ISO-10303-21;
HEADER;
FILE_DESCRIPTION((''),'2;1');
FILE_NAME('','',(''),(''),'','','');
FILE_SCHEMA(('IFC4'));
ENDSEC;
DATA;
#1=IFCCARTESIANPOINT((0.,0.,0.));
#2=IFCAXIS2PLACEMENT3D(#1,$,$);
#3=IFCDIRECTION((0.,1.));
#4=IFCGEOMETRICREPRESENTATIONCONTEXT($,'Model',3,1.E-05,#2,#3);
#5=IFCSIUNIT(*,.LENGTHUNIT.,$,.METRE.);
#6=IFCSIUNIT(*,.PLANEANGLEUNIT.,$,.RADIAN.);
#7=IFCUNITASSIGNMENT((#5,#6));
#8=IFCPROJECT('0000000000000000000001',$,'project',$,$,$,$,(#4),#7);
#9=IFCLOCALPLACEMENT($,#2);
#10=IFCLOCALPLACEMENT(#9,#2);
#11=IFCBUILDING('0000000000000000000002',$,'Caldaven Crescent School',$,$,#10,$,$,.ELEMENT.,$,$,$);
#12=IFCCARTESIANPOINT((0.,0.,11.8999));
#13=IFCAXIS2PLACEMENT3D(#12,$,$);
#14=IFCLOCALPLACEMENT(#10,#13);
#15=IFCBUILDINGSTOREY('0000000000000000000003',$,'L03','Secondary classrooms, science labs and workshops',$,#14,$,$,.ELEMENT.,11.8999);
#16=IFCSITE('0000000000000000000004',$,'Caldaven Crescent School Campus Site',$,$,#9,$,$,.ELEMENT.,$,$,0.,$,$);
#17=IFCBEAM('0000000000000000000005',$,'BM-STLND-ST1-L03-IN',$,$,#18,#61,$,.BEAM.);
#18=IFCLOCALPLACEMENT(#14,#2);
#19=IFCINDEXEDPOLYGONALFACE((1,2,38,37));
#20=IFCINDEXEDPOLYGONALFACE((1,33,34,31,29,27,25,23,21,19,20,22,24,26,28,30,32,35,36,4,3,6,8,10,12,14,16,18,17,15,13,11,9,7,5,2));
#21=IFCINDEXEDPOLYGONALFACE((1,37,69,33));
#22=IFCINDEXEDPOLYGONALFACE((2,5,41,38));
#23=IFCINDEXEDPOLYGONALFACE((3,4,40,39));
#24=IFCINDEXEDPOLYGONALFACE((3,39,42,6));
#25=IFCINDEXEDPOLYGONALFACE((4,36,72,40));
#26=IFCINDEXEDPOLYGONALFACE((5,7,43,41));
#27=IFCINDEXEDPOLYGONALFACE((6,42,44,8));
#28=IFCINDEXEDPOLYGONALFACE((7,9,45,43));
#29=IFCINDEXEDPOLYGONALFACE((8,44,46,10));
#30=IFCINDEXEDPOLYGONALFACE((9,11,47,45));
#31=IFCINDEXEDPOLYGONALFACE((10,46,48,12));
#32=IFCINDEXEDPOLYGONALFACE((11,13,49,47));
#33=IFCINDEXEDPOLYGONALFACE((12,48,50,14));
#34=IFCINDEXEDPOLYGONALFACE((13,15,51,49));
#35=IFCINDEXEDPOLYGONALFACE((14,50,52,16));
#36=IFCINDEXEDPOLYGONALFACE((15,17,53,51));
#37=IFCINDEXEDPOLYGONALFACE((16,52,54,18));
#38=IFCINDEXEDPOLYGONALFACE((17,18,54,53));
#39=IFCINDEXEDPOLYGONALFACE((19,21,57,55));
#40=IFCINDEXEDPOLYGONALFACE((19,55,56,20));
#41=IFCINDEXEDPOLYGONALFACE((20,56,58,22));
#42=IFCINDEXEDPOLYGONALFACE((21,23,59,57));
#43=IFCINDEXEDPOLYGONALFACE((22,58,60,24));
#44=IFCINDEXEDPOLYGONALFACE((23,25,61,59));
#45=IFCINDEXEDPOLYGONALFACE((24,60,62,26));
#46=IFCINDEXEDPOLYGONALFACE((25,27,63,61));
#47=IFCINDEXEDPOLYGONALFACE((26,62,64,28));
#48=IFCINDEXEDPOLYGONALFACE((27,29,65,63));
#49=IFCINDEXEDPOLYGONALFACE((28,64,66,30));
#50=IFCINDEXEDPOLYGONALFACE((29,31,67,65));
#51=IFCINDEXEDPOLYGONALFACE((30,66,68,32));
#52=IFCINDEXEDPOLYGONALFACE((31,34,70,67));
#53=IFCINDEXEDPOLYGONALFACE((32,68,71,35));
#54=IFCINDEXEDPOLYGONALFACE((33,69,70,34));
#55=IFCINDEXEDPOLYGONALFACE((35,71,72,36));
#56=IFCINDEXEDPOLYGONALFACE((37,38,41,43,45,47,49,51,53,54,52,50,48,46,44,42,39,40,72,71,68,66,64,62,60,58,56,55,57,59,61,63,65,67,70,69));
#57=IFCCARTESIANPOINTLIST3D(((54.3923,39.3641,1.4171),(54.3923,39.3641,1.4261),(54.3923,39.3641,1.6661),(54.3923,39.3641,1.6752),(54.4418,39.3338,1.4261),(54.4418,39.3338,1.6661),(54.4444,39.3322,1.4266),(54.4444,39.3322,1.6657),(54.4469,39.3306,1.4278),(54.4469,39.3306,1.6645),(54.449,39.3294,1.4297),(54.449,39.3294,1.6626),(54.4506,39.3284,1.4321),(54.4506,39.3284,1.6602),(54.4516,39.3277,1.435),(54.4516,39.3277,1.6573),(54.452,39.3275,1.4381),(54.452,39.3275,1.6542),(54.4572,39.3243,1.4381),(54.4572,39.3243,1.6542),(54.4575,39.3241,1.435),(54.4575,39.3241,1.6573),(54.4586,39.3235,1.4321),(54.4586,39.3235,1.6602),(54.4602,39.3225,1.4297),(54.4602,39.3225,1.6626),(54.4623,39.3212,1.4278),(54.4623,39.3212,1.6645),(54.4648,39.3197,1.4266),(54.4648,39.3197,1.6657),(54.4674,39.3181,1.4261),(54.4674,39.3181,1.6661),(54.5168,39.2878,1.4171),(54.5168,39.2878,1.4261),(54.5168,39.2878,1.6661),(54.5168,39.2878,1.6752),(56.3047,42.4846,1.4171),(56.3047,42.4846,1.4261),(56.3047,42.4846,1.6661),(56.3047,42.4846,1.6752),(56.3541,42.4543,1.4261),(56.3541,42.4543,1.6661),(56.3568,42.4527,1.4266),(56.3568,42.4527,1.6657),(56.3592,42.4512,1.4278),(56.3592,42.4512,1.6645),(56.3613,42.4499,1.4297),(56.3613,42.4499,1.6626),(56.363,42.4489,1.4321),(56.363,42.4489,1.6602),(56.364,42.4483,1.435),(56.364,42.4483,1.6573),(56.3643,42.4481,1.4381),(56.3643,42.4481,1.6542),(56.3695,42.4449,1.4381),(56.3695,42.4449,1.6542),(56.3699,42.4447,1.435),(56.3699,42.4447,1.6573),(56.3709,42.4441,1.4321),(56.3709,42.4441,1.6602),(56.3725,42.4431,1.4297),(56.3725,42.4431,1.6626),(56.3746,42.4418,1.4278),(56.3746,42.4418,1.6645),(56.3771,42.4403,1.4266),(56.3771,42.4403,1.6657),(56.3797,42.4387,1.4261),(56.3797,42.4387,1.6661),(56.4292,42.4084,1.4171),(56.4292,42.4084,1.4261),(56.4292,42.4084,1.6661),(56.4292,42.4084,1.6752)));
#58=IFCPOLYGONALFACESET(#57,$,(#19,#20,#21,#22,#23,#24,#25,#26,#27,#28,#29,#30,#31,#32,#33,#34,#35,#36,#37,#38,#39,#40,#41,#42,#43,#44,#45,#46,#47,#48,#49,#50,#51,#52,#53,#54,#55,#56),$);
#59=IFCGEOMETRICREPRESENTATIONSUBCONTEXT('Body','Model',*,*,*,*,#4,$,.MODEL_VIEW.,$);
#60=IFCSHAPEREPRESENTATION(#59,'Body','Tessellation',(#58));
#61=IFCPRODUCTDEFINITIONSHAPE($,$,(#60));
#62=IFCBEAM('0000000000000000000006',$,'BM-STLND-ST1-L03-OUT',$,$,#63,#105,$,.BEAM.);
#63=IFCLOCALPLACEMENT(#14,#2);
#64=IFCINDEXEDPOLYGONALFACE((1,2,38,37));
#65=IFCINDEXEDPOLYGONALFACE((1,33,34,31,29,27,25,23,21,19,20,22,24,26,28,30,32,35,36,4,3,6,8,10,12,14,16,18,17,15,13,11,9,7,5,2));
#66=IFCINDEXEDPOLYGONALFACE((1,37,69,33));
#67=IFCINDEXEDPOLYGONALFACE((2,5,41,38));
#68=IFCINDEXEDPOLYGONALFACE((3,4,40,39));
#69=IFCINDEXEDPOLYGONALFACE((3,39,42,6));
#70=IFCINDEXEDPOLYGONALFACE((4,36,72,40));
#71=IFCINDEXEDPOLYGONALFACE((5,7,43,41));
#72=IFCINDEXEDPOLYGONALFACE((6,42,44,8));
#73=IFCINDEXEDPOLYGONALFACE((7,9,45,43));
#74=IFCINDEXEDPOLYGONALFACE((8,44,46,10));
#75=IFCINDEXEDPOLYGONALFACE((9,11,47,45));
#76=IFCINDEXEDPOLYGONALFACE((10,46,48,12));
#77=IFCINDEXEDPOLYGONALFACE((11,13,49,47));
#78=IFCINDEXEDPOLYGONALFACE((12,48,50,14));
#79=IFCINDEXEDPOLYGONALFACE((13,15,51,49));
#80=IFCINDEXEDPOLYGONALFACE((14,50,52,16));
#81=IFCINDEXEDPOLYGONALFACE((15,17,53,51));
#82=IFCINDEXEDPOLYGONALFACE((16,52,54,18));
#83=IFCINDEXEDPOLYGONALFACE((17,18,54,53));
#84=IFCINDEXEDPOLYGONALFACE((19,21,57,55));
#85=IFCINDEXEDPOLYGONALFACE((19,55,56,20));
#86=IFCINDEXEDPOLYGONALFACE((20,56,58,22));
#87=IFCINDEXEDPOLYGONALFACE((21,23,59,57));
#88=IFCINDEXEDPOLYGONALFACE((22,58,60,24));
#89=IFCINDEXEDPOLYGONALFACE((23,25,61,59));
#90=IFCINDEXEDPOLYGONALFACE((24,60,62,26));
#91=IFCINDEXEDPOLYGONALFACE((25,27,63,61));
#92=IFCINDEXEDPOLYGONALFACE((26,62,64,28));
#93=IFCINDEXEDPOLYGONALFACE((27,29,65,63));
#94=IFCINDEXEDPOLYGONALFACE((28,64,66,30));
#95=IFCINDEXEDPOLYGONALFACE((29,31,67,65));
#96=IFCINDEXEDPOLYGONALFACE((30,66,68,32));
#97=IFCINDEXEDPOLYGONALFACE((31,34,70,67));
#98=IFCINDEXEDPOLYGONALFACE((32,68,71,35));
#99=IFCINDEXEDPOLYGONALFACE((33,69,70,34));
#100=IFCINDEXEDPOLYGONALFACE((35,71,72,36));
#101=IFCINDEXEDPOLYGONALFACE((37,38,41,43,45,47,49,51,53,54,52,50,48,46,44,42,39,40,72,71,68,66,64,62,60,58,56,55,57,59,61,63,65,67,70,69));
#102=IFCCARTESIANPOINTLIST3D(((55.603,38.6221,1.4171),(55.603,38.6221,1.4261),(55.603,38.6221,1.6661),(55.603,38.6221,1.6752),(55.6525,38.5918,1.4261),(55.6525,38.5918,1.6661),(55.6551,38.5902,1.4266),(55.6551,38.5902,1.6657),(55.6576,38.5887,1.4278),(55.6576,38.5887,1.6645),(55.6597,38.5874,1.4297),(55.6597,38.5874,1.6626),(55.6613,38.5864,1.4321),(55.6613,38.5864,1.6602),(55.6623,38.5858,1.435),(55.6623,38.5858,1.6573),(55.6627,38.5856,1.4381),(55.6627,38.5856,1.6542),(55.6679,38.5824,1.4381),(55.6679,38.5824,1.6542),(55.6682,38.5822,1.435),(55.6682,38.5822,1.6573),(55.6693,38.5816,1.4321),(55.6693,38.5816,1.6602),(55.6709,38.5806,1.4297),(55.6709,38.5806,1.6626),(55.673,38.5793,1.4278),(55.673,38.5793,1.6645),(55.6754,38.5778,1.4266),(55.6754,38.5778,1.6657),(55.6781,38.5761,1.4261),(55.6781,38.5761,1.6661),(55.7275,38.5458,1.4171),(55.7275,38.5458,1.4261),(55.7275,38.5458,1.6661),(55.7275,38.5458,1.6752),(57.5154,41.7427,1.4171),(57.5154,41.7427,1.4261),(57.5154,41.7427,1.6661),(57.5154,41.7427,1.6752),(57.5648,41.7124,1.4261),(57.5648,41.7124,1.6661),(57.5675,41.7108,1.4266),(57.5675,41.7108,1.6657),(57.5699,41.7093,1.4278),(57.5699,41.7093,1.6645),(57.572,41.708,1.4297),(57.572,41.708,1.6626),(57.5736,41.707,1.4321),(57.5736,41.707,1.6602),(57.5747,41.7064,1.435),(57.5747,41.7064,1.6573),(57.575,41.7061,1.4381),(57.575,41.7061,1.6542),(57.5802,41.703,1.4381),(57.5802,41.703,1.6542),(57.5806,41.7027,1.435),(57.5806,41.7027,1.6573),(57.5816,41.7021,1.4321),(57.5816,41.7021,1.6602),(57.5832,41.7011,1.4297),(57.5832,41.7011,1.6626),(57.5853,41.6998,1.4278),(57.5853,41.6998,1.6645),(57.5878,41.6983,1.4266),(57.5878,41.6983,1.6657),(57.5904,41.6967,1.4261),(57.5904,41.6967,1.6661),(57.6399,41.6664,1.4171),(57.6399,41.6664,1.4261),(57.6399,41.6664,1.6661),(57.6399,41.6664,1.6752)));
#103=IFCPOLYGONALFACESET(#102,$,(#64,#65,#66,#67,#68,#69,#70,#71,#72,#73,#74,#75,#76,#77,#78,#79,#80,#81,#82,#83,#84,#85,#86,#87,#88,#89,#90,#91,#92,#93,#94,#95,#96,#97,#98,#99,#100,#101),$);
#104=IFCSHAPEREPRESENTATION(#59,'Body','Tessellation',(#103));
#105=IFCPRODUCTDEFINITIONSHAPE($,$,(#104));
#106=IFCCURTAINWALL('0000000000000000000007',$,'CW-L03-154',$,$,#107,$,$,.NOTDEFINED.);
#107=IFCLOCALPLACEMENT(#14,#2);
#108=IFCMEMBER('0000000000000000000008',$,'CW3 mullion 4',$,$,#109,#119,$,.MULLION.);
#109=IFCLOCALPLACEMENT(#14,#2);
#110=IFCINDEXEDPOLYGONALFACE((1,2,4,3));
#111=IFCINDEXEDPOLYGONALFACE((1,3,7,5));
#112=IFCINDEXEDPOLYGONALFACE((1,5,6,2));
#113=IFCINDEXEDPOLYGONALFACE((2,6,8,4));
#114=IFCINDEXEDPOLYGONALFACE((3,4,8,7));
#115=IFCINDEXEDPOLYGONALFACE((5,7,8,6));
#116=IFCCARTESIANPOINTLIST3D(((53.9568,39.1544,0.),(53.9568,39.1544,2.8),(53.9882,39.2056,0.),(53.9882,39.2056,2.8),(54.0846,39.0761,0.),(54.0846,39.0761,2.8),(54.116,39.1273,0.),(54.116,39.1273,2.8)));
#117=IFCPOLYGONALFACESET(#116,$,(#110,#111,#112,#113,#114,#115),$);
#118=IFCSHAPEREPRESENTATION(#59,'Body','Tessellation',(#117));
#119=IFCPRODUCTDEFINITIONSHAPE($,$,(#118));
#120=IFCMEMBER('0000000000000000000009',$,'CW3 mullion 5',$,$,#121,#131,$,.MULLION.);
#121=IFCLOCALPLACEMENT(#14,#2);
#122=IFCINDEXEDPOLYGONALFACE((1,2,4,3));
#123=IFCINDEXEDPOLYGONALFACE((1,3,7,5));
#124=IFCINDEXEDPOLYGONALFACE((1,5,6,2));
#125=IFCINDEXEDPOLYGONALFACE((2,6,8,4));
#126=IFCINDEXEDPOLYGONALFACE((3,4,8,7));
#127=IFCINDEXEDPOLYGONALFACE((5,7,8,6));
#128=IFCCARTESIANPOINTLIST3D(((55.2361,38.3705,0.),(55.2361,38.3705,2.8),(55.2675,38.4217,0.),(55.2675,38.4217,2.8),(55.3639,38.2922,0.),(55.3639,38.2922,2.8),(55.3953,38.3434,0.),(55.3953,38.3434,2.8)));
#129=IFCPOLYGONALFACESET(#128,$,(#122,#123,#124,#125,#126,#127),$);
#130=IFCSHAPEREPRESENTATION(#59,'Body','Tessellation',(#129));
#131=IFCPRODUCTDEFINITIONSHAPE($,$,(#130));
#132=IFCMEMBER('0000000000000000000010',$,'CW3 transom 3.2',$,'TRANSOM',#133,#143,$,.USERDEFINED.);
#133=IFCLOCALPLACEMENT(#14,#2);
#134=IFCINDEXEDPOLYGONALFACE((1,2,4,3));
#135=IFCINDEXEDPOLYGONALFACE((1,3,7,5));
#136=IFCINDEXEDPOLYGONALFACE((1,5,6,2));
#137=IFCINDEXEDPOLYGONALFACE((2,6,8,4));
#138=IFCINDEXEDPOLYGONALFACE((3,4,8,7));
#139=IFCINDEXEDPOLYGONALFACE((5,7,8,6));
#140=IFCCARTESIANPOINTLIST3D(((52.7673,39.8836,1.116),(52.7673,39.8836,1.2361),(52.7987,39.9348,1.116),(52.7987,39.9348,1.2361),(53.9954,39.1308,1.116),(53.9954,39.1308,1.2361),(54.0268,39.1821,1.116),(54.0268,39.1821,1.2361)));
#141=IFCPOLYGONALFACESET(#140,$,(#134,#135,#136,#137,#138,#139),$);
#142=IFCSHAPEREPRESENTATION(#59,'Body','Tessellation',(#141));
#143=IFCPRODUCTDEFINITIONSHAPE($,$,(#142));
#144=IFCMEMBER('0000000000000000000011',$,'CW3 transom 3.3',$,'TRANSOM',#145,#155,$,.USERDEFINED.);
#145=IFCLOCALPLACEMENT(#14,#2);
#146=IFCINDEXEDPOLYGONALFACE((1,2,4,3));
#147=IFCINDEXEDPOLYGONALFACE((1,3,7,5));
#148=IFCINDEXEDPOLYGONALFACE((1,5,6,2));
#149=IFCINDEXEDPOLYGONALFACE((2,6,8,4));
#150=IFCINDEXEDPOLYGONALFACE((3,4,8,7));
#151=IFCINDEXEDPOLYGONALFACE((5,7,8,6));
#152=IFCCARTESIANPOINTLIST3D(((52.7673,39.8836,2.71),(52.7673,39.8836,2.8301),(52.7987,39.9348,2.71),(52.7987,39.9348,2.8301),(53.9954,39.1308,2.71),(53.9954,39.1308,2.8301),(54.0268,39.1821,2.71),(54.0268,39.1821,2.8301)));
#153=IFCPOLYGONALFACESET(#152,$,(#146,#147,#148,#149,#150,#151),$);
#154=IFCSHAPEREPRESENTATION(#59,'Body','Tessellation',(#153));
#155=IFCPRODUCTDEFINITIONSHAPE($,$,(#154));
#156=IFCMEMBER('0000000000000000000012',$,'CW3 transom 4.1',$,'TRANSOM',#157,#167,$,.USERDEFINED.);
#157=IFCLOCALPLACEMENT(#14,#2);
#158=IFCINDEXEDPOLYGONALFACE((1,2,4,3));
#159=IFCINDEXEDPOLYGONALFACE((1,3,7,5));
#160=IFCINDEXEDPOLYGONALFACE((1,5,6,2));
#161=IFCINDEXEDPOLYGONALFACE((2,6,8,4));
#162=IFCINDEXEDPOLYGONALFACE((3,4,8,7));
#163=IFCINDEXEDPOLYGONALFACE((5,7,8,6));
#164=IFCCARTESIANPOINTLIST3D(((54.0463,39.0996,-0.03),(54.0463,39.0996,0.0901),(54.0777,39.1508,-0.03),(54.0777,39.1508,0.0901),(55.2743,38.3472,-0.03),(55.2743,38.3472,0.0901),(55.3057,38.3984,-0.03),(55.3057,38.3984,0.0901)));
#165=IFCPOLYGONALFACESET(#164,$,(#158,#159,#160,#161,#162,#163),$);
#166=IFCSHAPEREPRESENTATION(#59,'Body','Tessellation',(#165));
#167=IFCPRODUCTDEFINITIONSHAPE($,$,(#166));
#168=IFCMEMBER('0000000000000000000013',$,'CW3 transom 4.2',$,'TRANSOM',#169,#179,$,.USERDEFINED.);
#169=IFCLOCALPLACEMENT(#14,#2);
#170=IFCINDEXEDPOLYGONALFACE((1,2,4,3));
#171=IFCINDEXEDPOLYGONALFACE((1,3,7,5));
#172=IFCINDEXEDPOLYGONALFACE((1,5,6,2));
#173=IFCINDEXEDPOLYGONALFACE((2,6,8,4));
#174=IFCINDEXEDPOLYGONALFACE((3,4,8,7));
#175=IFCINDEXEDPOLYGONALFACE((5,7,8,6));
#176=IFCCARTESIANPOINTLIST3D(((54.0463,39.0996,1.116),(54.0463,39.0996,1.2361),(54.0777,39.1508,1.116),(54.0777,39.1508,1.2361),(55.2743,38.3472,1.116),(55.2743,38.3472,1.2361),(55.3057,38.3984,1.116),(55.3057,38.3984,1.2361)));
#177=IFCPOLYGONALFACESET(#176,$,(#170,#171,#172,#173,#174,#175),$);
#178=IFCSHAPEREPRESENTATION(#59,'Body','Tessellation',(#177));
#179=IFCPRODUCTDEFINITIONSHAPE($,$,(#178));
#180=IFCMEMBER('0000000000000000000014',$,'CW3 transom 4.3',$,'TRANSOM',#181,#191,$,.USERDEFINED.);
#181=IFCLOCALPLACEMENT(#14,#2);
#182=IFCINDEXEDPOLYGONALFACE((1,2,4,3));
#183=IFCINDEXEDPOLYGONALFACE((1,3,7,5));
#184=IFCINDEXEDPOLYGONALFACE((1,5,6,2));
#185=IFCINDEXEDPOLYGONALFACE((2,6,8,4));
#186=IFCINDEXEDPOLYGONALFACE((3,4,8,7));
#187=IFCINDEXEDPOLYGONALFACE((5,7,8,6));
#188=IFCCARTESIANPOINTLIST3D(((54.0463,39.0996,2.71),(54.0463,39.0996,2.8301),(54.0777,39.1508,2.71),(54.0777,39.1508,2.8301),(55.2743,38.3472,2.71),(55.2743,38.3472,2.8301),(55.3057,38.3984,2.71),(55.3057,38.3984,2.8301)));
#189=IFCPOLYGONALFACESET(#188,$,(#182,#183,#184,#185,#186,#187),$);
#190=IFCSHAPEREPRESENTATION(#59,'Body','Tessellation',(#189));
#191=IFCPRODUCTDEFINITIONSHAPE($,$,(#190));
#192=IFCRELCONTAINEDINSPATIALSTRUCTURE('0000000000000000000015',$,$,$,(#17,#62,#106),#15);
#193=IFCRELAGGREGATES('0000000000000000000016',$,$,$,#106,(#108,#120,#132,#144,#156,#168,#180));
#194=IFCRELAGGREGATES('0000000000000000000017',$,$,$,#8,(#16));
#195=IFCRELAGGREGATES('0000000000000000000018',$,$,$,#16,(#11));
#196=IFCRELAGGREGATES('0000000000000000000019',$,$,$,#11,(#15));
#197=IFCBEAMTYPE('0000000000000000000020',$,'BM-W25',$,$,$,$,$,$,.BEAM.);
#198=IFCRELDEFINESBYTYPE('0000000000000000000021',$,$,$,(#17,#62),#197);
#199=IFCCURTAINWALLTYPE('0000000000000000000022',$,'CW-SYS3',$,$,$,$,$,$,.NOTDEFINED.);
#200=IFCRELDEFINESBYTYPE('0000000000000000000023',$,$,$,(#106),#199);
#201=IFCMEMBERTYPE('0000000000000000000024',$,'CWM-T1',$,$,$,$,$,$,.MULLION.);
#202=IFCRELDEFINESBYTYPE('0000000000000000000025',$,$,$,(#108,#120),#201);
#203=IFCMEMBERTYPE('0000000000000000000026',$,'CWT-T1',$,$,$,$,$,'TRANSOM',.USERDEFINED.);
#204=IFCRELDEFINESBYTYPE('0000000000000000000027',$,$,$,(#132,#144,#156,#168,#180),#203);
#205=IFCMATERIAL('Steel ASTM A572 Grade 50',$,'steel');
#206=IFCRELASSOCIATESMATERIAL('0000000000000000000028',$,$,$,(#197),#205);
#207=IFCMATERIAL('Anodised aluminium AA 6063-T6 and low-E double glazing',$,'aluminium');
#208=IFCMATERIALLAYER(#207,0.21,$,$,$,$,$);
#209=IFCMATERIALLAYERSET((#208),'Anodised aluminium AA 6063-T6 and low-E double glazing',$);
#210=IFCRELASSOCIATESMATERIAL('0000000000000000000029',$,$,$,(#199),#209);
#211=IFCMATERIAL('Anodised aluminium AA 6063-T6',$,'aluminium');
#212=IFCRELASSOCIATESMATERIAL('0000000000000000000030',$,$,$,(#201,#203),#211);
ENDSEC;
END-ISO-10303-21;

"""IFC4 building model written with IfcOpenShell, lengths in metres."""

from ifc_helpers import new_model, si_unit, direction, frame, origin, origin_2d, place, context, subcontext, project, spatial, rectangle, i_section, extrude, material, layer, layer_set, material_profile, profile_set, type_object, element, aggregate, save


model = new_model("IFC4")

# Units and contexts
model_context = context("Model", 3, precision=1e-05, world=origin(), true_north=direction((0.0, 1.0)))
body_context = subcontext(model_context, "Body", "Model", "MODEL_VIEW")
ifc_project = project(units=[si_unit("LENGTHUNIT", "METRE"), si_unit("PLANEANGLEUNIT", "RADIAN")], contexts=[model_context])

# Site, building, storey
site_placement = place(None, origin())
site = spatial("IfcSite", under=ifc_project, at=site_placement, Name="Caldaven Crescent School Campus Site", CompositionType="ELEMENT", RefElevation=0.0)
building_placement = place(site_placement, origin())
building = spatial("IfcBuilding", under=site, at=building_placement, Name="Caldaven Crescent School", CompositionType="ELEMENT")
storey_placement = place(building_placement, frame((0.0, 0.0, 11.8999)))
storey = spatial("IfcBuildingStorey", under=building, at=storey_placement, Name="L03", Description="Secondary classrooms, science labs and workshops", CompositionType="ELEMENT", Elevation=11.8999)

# Shared definitions
ifc_material_1 = material(Name="Steel ASTM A572 Grade 50", Category="steel")

# Beams
ifc_material_profile_1 = material_profile(ifc_material_1, i_section(OverallWidth=0.146, OverallDepth=0.2581, WebThickness=0.0061, FlangeThickness=0.009, FilletRadius=0.012, at=origin_2d()), Name="W250x33")
ifc_profile_set_1 = profile_set([ifc_material_profile_1], Name="Steel ASTM A572 Grade 50")
beam_type_1 = type_object("IfcBeamType", Name="BM-W25", PredefinedType="BEAM", material=ifc_profile_set_1)
for number, where, z_axis, x_axis, name in (
    (1, (54.4546, 39.3259, 1.5461), (0.522507, 0.852635, 0.0), (-0.852635, 0.522507, 0.0), "BM-STLND-ST1-L03-IN"),
    (2, (55.6653, 38.584, 1.5461), (0.522507, 0.852635, 0.0), (-0.852635, 0.522507, 0.0), "BM-STLND-ST1-L03-OUT"),
):
    element("IfcBeam", number, at=place(storey_placement, frame(where, z_axis=z_axis, x_axis=x_axis)), inside=storey, type_object=beam_type_1, Name=name, PredefinedType="BEAM", context=body_context, shape_type="SweptSolid", body=[
        extrude(i_section(OverallWidth=0.146, OverallDepth=0.2581, WebThickness=0.0061, FlangeThickness=0.009, FilletRadius=0.012, at=origin_2d()), origin(), (0.0, 0.0, 1.0), 3.6599),
    ])

# Curtain wall, members
ifc_material_2 = material(Name="Anodised aluminium AA 6063-T6 and low-E double glazing", Category="aluminium")
ifc_layer_1 = layer(ifc_material_2, 0.21)
ifc_layer_set_1 = layer_set([ifc_layer_1], Name="Anodised aluminium AA 6063-T6 and low-E double glazing")
curtain_wall_type = type_object("IfcCurtainWallType", Name="CW-SYS3", PredefinedType="NOTDEFINED", material=ifc_layer_set_1)
curtain_wall_placement = place(storey_placement, origin())
curtain_wall = element("IfcCurtainWall", 3, at=curtain_wall_placement, inside=storey, type_object=curtain_wall_type, Name="CW-L03-154", PredefinedType="NOTDEFINED")
ifc_material_3 = material(Name="Anodised aluminium AA 6063-T6", Category="aluminium")
ifc_material_profile_2 = material_profile(ifc_material_3, rectangle(XDim=0.0601, YDim=0.1499, at=origin_2d()), Name="CWM 60x150")
ifc_profile_set_2 = profile_set([ifc_material_profile_2], Name="Anodised aluminium AA 6063-T6")
member_type_1 = type_object("IfcMemberType", Name="CWM-T1", PredefinedType="MULLION", material=ifc_profile_set_2)
member_1_placement = place(storey_placement, frame((54.0364, 39.1409, 0.0), z_axis=(0.0, 0.0, 1.0), x_axis=(0.522498, 0.85264, 0.0)))
member_1 = element("IfcMember", 4, at=member_1_placement, type_object=member_type_1, Name="CW3 mullion 4", PredefinedType="MULLION", context=body_context, shape_type="SweptSolid", body=[
    extrude(rectangle(XDim=0.0601, YDim=0.1499, at=origin_2d()), origin(), (0.0, 0.0, 1.0), 2.8),
])
member_2_placement = place(storey_placement, frame((55.3157, 38.3569, 0.0), z_axis=(0.0, 0.0, 1.0), x_axis=(0.522498, 0.85264, 0.0)))
member_2 = element("IfcMember", 5, at=member_2_placement, type_object=member_type_1, Name="CW3 mullion 5", PredefinedType="MULLION", context=body_context, shape_type="SweptSolid", body=[
    extrude(rectangle(XDim=0.0601, YDim=0.1499, at=origin_2d()), origin(), (0.0, 0.0, 1.0), 2.8),
])
ifc_material_profile_3 = material_profile(ifc_material_3, rectangle(XDim=0.0601, YDim=0.1201, at=origin_2d()), Name="CWT 60x120")
ifc_profile_set_3 = profile_set([ifc_material_profile_3], Name="Anodised aluminium AA 6063-T6")
member_type_2 = type_object("IfcMemberType", Name="CWT-T1", ElementType="TRANSOM", PredefinedType="USERDEFINED", material=ifc_profile_set_3)
member_3_placement = place(storey_placement, frame((52.783, 39.9092, 1.176), z_axis=(0.852594, -0.522574, 0.0), x_axis=(0.522574, 0.852594, 0.0)))
member_3 = element("IfcMember", 6, at=member_3_placement, type_object=member_type_2, Name="CW3 transom 3.2", ObjectType="TRANSOM", PredefinedType="USERDEFINED", context=body_context, shape_type="SweptSolid", body=[
    extrude(rectangle(XDim=0.0601, YDim=0.1201, at=origin_2d()), origin(), (0.0, 0.0, 1.0), 1.4404),
])
member_4_placement = place(storey_placement, frame((52.783, 39.9092, 2.77), z_axis=(0.852594, -0.522574, 0.0), x_axis=(0.522574, 0.852594, 0.0)))
member_4 = element("IfcMember", 7, at=member_4_placement, type_object=member_type_2, Name="CW3 transom 3.3", ObjectType="TRANSOM", PredefinedType="USERDEFINED", context=body_context, shape_type="SweptSolid", body=[
    extrude(rectangle(XDim=0.0601, YDim=0.1201, at=origin_2d()), origin(), (0.0, 0.0, 1.0), 1.4404),
])
member_5_placement = place(storey_placement, frame((54.062, 39.1252, 0.03), z_axis=(0.852669, -0.522451, 0.0), x_axis=(0.522451, 0.852669, 0.0)))
member_5 = element("IfcMember", 8, at=member_5_placement, type_object=member_type_2, Name="CW3 transom 4.1", ObjectType="TRANSOM", PredefinedType="USERDEFINED", context=body_context, shape_type="SweptSolid", body=[
    extrude(rectangle(XDim=0.0601, YDim=0.1201, at=origin_2d()), origin(), (0.0, 0.0, 1.0), 1.4402),
])
member_6_placement = place(storey_placement, frame((54.062, 39.1252, 1.176), z_axis=(0.852669, -0.522451, 0.0), x_axis=(0.522451, 0.852669, 0.0)))
member_6 = element("IfcMember", 9, at=member_6_placement, type_object=member_type_2, Name="CW3 transom 4.2", ObjectType="TRANSOM", PredefinedType="USERDEFINED", context=body_context, shape_type="SweptSolid", body=[
    extrude(rectangle(XDim=0.0601, YDim=0.1201, at=origin_2d()), origin(), (0.0, 0.0, 1.0), 1.4402),
])
member_7_placement = place(storey_placement, frame((54.062, 39.1252, 2.77), z_axis=(0.852669, -0.522451, 0.0), x_axis=(0.522451, 0.852669, 0.0)))
member_7 = element("IfcMember", 10, at=member_7_placement, type_object=member_type_2, Name="CW3 transom 4.3", ObjectType="TRANSOM", PredefinedType="USERDEFINED", context=body_context, shape_type="SweptSolid", body=[
    extrude(rectangle(XDim=0.0601, YDim=0.1201, at=origin_2d()), origin(), (0.0, 0.0, 1.0), 1.4402),
])

aggregate(curtain_wall, [member_1, member_2, member_3, member_4, member_5, member_6, member_7])

save(model, "model.ifc")
